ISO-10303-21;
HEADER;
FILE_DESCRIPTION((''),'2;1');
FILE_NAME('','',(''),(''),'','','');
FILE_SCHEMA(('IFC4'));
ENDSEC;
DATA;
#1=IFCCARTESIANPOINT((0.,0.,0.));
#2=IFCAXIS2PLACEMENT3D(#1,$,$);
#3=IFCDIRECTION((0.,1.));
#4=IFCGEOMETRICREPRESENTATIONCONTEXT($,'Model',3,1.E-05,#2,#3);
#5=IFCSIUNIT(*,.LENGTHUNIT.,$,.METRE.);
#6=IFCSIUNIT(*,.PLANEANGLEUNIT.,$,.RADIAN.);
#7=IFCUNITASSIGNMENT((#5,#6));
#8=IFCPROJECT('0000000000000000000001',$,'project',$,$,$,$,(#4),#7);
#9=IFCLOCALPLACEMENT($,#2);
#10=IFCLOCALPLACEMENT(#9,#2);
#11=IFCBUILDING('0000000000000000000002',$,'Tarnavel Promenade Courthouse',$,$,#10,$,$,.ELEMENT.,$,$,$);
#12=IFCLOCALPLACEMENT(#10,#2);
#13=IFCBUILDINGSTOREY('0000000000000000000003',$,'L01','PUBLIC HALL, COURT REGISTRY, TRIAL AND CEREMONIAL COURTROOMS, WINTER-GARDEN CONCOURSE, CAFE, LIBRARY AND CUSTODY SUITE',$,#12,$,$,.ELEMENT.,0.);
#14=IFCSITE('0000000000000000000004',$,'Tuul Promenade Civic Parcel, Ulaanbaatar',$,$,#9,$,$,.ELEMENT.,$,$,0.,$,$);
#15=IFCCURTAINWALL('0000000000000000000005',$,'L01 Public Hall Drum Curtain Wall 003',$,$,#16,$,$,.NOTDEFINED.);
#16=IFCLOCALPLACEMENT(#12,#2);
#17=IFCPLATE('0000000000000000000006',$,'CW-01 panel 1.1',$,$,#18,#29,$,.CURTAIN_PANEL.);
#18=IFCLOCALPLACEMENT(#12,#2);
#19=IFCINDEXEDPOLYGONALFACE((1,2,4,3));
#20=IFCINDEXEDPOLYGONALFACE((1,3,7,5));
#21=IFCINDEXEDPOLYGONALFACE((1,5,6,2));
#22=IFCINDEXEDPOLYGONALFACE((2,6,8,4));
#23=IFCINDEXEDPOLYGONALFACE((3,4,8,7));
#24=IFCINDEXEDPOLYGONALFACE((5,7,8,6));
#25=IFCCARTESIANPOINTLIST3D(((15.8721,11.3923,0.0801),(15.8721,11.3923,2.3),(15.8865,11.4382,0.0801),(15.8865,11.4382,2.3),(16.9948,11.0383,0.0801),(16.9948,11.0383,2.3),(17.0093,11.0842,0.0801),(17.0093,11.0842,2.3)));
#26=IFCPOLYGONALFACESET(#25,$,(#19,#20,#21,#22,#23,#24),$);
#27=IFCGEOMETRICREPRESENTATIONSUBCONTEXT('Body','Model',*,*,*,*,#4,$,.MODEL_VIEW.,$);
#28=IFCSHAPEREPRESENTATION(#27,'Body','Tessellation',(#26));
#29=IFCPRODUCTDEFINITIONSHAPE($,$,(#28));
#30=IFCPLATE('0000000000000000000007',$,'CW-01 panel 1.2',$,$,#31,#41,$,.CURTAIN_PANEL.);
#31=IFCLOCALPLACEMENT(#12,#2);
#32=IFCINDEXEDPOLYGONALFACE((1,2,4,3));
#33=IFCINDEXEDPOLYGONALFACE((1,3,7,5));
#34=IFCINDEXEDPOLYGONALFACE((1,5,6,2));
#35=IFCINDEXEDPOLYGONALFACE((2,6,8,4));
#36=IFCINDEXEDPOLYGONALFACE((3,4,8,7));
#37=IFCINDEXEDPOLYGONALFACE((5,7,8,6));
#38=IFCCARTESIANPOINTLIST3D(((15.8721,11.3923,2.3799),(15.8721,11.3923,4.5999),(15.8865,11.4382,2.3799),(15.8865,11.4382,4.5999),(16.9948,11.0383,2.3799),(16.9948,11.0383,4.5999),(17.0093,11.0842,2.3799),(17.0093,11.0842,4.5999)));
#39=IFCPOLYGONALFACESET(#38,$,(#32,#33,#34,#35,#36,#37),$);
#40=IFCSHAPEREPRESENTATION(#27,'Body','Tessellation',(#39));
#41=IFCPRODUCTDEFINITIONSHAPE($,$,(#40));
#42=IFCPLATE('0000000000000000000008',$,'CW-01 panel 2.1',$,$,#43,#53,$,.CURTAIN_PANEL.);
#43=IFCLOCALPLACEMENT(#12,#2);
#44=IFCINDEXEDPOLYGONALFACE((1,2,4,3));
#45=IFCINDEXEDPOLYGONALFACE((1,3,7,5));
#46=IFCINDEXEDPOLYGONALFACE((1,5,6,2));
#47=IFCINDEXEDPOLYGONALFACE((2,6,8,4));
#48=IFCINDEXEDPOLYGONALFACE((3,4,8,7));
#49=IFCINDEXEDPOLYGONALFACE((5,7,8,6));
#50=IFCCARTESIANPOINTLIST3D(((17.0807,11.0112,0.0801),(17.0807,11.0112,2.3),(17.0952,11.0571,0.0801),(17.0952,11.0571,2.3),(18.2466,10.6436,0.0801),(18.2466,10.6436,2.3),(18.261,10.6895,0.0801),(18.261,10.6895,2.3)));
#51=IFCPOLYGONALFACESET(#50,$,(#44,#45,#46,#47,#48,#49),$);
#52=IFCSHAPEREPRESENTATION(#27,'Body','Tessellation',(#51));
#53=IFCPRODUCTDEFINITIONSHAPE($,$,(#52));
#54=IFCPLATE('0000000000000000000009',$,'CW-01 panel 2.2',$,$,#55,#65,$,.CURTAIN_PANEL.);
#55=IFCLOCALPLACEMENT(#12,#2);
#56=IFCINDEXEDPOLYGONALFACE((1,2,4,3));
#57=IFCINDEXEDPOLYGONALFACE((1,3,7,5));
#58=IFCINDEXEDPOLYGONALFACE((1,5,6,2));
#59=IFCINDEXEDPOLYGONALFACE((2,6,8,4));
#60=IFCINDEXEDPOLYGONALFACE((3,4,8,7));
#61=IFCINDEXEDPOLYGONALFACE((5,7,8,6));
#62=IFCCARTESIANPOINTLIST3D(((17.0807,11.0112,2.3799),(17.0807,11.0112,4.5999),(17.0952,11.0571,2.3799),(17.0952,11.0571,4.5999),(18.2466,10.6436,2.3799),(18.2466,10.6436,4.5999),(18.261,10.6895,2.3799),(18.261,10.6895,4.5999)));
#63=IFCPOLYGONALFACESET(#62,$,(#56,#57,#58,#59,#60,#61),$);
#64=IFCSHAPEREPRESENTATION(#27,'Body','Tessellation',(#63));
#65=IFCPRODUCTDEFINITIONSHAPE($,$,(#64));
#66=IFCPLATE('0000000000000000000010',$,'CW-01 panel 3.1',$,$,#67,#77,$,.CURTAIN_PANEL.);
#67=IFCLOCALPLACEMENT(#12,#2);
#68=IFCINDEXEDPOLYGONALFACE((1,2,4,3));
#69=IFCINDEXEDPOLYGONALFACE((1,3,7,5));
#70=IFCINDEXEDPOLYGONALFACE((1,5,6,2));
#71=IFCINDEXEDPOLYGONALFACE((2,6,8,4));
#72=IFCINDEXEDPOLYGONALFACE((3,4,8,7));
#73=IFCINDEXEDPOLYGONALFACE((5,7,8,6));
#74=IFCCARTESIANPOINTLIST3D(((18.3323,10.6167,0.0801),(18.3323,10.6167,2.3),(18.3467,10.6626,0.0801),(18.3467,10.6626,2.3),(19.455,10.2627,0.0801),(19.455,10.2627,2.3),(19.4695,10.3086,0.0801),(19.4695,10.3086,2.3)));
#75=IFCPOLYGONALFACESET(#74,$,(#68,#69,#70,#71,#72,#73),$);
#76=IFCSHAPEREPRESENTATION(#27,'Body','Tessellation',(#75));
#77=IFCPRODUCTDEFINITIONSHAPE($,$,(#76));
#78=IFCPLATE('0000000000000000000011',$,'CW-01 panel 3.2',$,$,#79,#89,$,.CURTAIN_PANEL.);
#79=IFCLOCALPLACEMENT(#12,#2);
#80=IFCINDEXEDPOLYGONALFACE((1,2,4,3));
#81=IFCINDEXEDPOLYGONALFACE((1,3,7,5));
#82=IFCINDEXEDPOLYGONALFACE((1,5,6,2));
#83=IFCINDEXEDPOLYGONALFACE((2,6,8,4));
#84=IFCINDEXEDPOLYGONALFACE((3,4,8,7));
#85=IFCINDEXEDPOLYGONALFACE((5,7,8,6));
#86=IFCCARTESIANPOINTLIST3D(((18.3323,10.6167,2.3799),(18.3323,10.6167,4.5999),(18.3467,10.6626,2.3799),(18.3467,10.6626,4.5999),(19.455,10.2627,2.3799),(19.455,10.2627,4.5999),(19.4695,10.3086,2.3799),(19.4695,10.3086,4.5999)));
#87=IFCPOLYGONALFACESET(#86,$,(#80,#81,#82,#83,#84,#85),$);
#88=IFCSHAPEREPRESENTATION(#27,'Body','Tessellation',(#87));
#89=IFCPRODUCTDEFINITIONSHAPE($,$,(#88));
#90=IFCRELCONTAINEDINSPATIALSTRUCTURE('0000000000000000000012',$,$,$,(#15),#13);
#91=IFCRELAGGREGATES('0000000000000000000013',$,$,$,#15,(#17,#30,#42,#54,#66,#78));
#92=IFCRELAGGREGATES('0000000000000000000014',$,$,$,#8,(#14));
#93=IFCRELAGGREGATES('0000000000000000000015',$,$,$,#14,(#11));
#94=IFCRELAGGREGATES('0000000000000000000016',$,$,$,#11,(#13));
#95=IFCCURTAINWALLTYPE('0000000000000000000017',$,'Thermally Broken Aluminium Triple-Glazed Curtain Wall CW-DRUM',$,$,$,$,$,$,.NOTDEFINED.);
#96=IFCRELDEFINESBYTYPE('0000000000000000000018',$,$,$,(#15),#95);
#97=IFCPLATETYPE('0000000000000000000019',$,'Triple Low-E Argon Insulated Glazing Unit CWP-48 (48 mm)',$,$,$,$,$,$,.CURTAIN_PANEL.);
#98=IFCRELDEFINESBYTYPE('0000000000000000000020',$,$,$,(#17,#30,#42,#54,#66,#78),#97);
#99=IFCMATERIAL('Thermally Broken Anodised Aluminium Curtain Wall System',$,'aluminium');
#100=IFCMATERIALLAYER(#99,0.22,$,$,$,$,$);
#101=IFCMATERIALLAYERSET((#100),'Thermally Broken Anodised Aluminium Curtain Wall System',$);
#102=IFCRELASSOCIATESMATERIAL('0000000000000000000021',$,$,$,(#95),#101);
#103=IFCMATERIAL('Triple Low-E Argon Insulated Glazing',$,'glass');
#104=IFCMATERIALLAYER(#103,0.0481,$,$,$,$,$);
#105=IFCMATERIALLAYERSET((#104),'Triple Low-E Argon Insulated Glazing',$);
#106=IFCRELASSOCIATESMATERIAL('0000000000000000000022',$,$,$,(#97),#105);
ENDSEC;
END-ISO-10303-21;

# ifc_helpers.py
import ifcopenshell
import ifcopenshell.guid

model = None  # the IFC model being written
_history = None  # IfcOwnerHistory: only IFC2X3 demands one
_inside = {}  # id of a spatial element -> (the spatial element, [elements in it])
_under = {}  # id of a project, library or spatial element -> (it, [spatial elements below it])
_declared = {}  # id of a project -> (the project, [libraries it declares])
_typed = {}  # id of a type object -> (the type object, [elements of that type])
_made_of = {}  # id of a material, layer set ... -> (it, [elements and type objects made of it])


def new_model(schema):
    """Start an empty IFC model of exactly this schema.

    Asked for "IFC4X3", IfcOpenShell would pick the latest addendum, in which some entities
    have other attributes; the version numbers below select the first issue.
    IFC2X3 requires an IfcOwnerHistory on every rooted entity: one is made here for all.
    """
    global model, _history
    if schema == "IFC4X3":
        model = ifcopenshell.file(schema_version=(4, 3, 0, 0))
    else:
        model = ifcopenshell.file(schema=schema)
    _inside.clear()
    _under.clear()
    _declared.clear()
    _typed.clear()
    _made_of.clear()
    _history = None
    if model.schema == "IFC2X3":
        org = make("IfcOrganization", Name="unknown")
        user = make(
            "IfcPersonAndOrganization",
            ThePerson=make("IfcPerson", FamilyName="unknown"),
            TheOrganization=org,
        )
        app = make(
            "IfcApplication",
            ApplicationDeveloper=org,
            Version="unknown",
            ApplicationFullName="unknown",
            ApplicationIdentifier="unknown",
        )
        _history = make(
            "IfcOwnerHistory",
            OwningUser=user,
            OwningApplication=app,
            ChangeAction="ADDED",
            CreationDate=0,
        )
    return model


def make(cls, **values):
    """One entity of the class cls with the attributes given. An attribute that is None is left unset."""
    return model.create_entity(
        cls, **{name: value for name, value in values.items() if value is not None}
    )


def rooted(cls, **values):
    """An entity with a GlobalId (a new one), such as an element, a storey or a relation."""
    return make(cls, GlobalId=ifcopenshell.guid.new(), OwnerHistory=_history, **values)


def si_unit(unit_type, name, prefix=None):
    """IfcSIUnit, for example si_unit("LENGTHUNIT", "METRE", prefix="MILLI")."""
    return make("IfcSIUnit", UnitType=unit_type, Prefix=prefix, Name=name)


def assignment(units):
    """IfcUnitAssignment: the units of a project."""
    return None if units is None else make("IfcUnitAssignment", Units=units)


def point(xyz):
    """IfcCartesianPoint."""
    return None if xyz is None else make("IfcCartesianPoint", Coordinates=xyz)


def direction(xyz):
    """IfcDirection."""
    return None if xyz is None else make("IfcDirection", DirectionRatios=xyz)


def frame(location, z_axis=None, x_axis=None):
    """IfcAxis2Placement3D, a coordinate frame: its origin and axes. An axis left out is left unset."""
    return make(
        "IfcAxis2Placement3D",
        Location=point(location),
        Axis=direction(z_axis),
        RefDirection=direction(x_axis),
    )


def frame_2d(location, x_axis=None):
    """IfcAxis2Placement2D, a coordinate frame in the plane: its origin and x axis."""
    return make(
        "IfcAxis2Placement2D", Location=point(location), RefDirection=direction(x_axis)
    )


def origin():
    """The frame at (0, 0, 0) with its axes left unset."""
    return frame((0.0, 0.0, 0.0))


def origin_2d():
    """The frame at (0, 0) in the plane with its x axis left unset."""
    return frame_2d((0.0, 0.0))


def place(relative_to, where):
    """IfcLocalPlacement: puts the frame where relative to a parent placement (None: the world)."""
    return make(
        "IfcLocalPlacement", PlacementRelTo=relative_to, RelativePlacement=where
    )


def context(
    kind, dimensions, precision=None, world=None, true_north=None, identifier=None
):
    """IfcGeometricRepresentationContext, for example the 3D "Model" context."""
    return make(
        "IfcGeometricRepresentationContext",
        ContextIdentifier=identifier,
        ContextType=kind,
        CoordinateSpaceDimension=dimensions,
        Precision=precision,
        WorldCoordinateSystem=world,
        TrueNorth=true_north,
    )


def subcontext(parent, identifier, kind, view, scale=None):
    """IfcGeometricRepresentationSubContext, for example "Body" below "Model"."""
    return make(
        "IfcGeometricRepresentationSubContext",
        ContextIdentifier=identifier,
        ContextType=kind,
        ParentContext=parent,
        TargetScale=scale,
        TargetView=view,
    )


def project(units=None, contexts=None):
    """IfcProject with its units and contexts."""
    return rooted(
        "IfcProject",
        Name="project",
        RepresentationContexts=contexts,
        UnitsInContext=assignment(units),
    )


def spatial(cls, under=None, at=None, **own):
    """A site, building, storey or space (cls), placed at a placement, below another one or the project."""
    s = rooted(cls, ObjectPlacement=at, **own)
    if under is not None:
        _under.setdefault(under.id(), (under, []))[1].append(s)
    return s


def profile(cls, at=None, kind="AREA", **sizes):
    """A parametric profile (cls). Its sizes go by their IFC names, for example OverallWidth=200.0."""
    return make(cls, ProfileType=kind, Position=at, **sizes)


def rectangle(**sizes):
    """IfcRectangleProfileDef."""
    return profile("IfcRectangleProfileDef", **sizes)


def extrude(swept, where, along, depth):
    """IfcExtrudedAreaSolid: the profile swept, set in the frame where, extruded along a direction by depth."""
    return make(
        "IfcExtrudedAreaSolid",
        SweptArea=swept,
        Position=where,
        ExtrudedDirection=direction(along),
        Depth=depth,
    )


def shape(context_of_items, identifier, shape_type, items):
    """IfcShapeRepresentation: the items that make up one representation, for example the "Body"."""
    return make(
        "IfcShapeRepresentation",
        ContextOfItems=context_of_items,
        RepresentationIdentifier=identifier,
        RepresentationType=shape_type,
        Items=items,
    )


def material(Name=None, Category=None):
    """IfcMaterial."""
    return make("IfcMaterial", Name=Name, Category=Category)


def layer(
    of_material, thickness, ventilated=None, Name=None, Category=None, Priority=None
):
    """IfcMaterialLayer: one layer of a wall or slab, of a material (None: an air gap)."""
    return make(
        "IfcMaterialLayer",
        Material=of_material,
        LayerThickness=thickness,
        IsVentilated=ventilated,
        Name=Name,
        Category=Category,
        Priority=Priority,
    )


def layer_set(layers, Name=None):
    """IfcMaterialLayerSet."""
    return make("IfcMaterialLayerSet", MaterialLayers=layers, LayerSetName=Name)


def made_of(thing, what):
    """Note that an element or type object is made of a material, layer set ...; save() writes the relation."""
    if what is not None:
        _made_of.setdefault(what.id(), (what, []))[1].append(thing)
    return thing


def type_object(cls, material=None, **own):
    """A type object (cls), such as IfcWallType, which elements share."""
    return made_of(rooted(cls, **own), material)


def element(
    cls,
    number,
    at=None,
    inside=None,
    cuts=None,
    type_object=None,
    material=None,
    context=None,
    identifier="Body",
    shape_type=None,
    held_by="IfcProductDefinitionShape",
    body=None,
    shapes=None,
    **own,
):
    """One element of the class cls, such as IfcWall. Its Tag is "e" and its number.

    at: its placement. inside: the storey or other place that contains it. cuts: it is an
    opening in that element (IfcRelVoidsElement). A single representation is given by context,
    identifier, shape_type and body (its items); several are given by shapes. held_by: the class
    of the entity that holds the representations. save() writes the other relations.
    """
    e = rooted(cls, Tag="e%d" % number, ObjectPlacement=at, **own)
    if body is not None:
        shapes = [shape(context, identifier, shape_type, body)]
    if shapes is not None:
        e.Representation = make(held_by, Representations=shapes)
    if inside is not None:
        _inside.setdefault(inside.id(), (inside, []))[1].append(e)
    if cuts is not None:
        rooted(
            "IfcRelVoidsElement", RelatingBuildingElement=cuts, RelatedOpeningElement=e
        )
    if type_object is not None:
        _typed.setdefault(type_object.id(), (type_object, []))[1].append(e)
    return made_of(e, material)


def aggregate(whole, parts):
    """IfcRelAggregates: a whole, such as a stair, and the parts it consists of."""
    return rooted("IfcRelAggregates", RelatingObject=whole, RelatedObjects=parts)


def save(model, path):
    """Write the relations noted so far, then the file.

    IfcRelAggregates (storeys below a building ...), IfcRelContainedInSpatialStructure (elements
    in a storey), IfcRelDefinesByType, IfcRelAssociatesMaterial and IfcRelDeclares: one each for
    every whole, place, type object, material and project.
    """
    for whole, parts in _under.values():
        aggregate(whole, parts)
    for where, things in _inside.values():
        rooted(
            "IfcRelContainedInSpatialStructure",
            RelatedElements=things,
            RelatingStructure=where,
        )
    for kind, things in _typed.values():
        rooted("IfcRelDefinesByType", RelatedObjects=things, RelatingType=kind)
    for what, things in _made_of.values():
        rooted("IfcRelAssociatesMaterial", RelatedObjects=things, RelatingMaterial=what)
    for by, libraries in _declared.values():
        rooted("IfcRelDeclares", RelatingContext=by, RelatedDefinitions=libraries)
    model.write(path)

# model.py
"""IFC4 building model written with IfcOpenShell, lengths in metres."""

from ifc_helpers import new_model, si_unit, direction, frame, origin, origin_2d, place, context, subcontext, project, spatial, rectangle, extrude, material, layer, layer_set, type_object, element, aggregate, save


model = new_model("IFC4")

# Units and contexts
model_context = context("Model", 3, precision=1e-05, world=origin(), true_north=direction((0.0, 1.0)))
body_context = subcontext(model_context, "Body", "Model", "MODEL_VIEW")
ifc_project = project(units=[si_unit("LENGTHUNIT", "METRE"), si_unit("PLANEANGLEUNIT", "RADIAN")], contexts=[model_context])

# Site, building, storey
site_placement = place(None, origin())
site = spatial("IfcSite", under=ifc_project, at=site_placement, Name="Tuul Promenade Civic Parcel, Ulaanbaatar", CompositionType="ELEMENT", RefElevation=0.0)
building_placement = place(site_placement, origin())
building = spatial("IfcBuilding", under=site, at=building_placement, Name="Tarnavel Promenade Courthouse", CompositionType="ELEMENT")
storey_placement = place(building_placement, origin())
storey = spatial("IfcBuildingStorey", under=building, at=storey_placement, Name="L01", Description="PUBLIC HALL, COURT REGISTRY, TRIAL AND CEREMONIAL COURTROOMS, WINTER-GARDEN CONCOURSE, CAFE, LIBRARY AND CUSTODY SUITE", CompositionType="ELEMENT", Elevation=0.0)

# Curtain wall
ifc_material_1 = material(Name="Thermally Broken Anodised Aluminium Curtain Wall System", Category="aluminium")
ifc_layer_1 = layer(ifc_material_1, 0.22)
ifc_layer_set_1 = layer_set([ifc_layer_1], Name="Thermally Broken Anodised Aluminium Curtain Wall System")
curtain_wall_type = type_object("IfcCurtainWallType", Name="Thermally Broken Aluminium Triple-Glazed Curtain Wall CW-DRUM", PredefinedType="NOTDEFINED", material=ifc_layer_set_1)
curtain_wall_1_placement = place(storey_placement, origin())
curtain_wall_1 = element("IfcCurtainWall", 1, at=curtain_wall_1_placement, inside=storey, type_object=curtain_wall_type, Name="L01 Public Hall Drum Curtain Wall 003", PredefinedType="NOTDEFINED")

# Plates
ifc_material_2 = material(Name="Triple Low-E Argon Insulated Glazing", Category="glass")
ifc_layer_2 = layer(ifc_material_2, 0.0481)
ifc_layer_set_2 = layer_set([ifc_layer_2], Name="Triple Low-E Argon Insulated Glazing")
plate_type = type_object("IfcPlateType", Name="Triple Low-E Argon Insulated Glazing Unit CWP-48 (48 mm)", PredefinedType="CURTAIN_PANEL", material=ifc_layer_set_2)
plate_1_placement = place(storey_placement, frame((16.4407, 11.2383, 0.0801), z_axis=(0.0, 0.0, 1.0), x_axis=(0.953718, -0.300704, 0.0)))
plate_1 = element("IfcPlate", 2, at=plate_1_placement, type_object=plate_type, Name="CW-01 panel 1.1", PredefinedType="CURTAIN_PANEL", context=body_context, shape_type="SweptSolid", body=[
    extrude(rectangle(XDim=1.1772, YDim=0.0481, at=origin_2d()), origin(), (0.0, 0.0, 1.0), 2.22),
])
plate_2_placement = place(storey_placement, frame((16.4407, 11.2383, 2.3799), z_axis=(0.0, 0.0, 1.0), x_axis=(0.953718, -0.300704, 0.0)))
plate_2 = element("IfcPlate", 3, at=plate_2_placement, type_object=plate_type, Name="CW-01 panel 1.2", PredefinedType="CURTAIN_PANEL", context=body_context, shape_type="SweptSolid", body=[
    extrude(rectangle(XDim=1.1772, YDim=0.0481, at=origin_2d()), origin(), (0.0, 0.0, 1.0), 2.22),
])
plate_3_placement = place(storey_placement, frame((17.6709, 10.8503, 0.0801), z_axis=(0.0, 0.0, 1.0), x_axis=(0.953718, -0.300704, 0.0)))
plate_3 = element("IfcPlate", 4, at=plate_3_placement, type_object=plate_type, Name="CW-01 panel 2.1", PredefinedType="CURTAIN_PANEL", context=body_context, shape_type="SweptSolid", body=[
    extrude(rectangle(XDim=1.2224, YDim=0.0481, at=origin_2d()), origin(), (0.0, 0.0, 1.0), 2.22),
])
plate_4_placement = place(storey_placement, frame((17.6709, 10.8503, 2.3799), z_axis=(0.0, 0.0, 1.0), x_axis=(0.953718, -0.300704, 0.0)))
plate_4 = element("IfcPlate", 5, at=plate_4_placement, type_object=plate_type, Name="CW-01 panel 2.2", PredefinedType="CURTAIN_PANEL", context=body_context, shape_type="SweptSolid", body=[
    extrude(rectangle(XDim=1.2224, YDim=0.0481, at=origin_2d()), origin(), (0.0, 0.0, 1.0), 2.22),
])
plate_5_placement = place(storey_placement, frame((18.9009, 10.4626, 0.0801), z_axis=(0.0, 0.0, 1.0), x_axis=(0.953718, -0.300704, 0.0)))
plate_5 = element("IfcPlate", 6, at=plate_5_placement, type_object=plate_type, Name="CW-01 panel 3.1", PredefinedType="CURTAIN_PANEL", context=body_context, shape_type="SweptSolid", body=[
    extrude(rectangle(XDim=1.1772, YDim=0.0481, at=origin_2d()), origin(), (0.0, 0.0, 1.0), 2.22),
])
plate_6_placement = place(storey_placement, frame((18.9009, 10.4626, 2.3799), z_axis=(0.0, 0.0, 1.0), x_axis=(0.953718, -0.300704, 0.0)))
plate_6 = element("IfcPlate", 7, at=plate_6_placement, type_object=plate_type, Name="CW-01 panel 3.2", PredefinedType="CURTAIN_PANEL", context=body_context, shape_type="SweptSolid", body=[
    extrude(rectangle(XDim=1.1772, YDim=0.0481, at=origin_2d()), origin(), (0.0, 0.0, 1.0), 2.22),
])
aggregate(curtain_wall_1, [plate_1, plate_2, plate_3, plate_4, plate_5, plate_6])

save(model, "model.ifc")
